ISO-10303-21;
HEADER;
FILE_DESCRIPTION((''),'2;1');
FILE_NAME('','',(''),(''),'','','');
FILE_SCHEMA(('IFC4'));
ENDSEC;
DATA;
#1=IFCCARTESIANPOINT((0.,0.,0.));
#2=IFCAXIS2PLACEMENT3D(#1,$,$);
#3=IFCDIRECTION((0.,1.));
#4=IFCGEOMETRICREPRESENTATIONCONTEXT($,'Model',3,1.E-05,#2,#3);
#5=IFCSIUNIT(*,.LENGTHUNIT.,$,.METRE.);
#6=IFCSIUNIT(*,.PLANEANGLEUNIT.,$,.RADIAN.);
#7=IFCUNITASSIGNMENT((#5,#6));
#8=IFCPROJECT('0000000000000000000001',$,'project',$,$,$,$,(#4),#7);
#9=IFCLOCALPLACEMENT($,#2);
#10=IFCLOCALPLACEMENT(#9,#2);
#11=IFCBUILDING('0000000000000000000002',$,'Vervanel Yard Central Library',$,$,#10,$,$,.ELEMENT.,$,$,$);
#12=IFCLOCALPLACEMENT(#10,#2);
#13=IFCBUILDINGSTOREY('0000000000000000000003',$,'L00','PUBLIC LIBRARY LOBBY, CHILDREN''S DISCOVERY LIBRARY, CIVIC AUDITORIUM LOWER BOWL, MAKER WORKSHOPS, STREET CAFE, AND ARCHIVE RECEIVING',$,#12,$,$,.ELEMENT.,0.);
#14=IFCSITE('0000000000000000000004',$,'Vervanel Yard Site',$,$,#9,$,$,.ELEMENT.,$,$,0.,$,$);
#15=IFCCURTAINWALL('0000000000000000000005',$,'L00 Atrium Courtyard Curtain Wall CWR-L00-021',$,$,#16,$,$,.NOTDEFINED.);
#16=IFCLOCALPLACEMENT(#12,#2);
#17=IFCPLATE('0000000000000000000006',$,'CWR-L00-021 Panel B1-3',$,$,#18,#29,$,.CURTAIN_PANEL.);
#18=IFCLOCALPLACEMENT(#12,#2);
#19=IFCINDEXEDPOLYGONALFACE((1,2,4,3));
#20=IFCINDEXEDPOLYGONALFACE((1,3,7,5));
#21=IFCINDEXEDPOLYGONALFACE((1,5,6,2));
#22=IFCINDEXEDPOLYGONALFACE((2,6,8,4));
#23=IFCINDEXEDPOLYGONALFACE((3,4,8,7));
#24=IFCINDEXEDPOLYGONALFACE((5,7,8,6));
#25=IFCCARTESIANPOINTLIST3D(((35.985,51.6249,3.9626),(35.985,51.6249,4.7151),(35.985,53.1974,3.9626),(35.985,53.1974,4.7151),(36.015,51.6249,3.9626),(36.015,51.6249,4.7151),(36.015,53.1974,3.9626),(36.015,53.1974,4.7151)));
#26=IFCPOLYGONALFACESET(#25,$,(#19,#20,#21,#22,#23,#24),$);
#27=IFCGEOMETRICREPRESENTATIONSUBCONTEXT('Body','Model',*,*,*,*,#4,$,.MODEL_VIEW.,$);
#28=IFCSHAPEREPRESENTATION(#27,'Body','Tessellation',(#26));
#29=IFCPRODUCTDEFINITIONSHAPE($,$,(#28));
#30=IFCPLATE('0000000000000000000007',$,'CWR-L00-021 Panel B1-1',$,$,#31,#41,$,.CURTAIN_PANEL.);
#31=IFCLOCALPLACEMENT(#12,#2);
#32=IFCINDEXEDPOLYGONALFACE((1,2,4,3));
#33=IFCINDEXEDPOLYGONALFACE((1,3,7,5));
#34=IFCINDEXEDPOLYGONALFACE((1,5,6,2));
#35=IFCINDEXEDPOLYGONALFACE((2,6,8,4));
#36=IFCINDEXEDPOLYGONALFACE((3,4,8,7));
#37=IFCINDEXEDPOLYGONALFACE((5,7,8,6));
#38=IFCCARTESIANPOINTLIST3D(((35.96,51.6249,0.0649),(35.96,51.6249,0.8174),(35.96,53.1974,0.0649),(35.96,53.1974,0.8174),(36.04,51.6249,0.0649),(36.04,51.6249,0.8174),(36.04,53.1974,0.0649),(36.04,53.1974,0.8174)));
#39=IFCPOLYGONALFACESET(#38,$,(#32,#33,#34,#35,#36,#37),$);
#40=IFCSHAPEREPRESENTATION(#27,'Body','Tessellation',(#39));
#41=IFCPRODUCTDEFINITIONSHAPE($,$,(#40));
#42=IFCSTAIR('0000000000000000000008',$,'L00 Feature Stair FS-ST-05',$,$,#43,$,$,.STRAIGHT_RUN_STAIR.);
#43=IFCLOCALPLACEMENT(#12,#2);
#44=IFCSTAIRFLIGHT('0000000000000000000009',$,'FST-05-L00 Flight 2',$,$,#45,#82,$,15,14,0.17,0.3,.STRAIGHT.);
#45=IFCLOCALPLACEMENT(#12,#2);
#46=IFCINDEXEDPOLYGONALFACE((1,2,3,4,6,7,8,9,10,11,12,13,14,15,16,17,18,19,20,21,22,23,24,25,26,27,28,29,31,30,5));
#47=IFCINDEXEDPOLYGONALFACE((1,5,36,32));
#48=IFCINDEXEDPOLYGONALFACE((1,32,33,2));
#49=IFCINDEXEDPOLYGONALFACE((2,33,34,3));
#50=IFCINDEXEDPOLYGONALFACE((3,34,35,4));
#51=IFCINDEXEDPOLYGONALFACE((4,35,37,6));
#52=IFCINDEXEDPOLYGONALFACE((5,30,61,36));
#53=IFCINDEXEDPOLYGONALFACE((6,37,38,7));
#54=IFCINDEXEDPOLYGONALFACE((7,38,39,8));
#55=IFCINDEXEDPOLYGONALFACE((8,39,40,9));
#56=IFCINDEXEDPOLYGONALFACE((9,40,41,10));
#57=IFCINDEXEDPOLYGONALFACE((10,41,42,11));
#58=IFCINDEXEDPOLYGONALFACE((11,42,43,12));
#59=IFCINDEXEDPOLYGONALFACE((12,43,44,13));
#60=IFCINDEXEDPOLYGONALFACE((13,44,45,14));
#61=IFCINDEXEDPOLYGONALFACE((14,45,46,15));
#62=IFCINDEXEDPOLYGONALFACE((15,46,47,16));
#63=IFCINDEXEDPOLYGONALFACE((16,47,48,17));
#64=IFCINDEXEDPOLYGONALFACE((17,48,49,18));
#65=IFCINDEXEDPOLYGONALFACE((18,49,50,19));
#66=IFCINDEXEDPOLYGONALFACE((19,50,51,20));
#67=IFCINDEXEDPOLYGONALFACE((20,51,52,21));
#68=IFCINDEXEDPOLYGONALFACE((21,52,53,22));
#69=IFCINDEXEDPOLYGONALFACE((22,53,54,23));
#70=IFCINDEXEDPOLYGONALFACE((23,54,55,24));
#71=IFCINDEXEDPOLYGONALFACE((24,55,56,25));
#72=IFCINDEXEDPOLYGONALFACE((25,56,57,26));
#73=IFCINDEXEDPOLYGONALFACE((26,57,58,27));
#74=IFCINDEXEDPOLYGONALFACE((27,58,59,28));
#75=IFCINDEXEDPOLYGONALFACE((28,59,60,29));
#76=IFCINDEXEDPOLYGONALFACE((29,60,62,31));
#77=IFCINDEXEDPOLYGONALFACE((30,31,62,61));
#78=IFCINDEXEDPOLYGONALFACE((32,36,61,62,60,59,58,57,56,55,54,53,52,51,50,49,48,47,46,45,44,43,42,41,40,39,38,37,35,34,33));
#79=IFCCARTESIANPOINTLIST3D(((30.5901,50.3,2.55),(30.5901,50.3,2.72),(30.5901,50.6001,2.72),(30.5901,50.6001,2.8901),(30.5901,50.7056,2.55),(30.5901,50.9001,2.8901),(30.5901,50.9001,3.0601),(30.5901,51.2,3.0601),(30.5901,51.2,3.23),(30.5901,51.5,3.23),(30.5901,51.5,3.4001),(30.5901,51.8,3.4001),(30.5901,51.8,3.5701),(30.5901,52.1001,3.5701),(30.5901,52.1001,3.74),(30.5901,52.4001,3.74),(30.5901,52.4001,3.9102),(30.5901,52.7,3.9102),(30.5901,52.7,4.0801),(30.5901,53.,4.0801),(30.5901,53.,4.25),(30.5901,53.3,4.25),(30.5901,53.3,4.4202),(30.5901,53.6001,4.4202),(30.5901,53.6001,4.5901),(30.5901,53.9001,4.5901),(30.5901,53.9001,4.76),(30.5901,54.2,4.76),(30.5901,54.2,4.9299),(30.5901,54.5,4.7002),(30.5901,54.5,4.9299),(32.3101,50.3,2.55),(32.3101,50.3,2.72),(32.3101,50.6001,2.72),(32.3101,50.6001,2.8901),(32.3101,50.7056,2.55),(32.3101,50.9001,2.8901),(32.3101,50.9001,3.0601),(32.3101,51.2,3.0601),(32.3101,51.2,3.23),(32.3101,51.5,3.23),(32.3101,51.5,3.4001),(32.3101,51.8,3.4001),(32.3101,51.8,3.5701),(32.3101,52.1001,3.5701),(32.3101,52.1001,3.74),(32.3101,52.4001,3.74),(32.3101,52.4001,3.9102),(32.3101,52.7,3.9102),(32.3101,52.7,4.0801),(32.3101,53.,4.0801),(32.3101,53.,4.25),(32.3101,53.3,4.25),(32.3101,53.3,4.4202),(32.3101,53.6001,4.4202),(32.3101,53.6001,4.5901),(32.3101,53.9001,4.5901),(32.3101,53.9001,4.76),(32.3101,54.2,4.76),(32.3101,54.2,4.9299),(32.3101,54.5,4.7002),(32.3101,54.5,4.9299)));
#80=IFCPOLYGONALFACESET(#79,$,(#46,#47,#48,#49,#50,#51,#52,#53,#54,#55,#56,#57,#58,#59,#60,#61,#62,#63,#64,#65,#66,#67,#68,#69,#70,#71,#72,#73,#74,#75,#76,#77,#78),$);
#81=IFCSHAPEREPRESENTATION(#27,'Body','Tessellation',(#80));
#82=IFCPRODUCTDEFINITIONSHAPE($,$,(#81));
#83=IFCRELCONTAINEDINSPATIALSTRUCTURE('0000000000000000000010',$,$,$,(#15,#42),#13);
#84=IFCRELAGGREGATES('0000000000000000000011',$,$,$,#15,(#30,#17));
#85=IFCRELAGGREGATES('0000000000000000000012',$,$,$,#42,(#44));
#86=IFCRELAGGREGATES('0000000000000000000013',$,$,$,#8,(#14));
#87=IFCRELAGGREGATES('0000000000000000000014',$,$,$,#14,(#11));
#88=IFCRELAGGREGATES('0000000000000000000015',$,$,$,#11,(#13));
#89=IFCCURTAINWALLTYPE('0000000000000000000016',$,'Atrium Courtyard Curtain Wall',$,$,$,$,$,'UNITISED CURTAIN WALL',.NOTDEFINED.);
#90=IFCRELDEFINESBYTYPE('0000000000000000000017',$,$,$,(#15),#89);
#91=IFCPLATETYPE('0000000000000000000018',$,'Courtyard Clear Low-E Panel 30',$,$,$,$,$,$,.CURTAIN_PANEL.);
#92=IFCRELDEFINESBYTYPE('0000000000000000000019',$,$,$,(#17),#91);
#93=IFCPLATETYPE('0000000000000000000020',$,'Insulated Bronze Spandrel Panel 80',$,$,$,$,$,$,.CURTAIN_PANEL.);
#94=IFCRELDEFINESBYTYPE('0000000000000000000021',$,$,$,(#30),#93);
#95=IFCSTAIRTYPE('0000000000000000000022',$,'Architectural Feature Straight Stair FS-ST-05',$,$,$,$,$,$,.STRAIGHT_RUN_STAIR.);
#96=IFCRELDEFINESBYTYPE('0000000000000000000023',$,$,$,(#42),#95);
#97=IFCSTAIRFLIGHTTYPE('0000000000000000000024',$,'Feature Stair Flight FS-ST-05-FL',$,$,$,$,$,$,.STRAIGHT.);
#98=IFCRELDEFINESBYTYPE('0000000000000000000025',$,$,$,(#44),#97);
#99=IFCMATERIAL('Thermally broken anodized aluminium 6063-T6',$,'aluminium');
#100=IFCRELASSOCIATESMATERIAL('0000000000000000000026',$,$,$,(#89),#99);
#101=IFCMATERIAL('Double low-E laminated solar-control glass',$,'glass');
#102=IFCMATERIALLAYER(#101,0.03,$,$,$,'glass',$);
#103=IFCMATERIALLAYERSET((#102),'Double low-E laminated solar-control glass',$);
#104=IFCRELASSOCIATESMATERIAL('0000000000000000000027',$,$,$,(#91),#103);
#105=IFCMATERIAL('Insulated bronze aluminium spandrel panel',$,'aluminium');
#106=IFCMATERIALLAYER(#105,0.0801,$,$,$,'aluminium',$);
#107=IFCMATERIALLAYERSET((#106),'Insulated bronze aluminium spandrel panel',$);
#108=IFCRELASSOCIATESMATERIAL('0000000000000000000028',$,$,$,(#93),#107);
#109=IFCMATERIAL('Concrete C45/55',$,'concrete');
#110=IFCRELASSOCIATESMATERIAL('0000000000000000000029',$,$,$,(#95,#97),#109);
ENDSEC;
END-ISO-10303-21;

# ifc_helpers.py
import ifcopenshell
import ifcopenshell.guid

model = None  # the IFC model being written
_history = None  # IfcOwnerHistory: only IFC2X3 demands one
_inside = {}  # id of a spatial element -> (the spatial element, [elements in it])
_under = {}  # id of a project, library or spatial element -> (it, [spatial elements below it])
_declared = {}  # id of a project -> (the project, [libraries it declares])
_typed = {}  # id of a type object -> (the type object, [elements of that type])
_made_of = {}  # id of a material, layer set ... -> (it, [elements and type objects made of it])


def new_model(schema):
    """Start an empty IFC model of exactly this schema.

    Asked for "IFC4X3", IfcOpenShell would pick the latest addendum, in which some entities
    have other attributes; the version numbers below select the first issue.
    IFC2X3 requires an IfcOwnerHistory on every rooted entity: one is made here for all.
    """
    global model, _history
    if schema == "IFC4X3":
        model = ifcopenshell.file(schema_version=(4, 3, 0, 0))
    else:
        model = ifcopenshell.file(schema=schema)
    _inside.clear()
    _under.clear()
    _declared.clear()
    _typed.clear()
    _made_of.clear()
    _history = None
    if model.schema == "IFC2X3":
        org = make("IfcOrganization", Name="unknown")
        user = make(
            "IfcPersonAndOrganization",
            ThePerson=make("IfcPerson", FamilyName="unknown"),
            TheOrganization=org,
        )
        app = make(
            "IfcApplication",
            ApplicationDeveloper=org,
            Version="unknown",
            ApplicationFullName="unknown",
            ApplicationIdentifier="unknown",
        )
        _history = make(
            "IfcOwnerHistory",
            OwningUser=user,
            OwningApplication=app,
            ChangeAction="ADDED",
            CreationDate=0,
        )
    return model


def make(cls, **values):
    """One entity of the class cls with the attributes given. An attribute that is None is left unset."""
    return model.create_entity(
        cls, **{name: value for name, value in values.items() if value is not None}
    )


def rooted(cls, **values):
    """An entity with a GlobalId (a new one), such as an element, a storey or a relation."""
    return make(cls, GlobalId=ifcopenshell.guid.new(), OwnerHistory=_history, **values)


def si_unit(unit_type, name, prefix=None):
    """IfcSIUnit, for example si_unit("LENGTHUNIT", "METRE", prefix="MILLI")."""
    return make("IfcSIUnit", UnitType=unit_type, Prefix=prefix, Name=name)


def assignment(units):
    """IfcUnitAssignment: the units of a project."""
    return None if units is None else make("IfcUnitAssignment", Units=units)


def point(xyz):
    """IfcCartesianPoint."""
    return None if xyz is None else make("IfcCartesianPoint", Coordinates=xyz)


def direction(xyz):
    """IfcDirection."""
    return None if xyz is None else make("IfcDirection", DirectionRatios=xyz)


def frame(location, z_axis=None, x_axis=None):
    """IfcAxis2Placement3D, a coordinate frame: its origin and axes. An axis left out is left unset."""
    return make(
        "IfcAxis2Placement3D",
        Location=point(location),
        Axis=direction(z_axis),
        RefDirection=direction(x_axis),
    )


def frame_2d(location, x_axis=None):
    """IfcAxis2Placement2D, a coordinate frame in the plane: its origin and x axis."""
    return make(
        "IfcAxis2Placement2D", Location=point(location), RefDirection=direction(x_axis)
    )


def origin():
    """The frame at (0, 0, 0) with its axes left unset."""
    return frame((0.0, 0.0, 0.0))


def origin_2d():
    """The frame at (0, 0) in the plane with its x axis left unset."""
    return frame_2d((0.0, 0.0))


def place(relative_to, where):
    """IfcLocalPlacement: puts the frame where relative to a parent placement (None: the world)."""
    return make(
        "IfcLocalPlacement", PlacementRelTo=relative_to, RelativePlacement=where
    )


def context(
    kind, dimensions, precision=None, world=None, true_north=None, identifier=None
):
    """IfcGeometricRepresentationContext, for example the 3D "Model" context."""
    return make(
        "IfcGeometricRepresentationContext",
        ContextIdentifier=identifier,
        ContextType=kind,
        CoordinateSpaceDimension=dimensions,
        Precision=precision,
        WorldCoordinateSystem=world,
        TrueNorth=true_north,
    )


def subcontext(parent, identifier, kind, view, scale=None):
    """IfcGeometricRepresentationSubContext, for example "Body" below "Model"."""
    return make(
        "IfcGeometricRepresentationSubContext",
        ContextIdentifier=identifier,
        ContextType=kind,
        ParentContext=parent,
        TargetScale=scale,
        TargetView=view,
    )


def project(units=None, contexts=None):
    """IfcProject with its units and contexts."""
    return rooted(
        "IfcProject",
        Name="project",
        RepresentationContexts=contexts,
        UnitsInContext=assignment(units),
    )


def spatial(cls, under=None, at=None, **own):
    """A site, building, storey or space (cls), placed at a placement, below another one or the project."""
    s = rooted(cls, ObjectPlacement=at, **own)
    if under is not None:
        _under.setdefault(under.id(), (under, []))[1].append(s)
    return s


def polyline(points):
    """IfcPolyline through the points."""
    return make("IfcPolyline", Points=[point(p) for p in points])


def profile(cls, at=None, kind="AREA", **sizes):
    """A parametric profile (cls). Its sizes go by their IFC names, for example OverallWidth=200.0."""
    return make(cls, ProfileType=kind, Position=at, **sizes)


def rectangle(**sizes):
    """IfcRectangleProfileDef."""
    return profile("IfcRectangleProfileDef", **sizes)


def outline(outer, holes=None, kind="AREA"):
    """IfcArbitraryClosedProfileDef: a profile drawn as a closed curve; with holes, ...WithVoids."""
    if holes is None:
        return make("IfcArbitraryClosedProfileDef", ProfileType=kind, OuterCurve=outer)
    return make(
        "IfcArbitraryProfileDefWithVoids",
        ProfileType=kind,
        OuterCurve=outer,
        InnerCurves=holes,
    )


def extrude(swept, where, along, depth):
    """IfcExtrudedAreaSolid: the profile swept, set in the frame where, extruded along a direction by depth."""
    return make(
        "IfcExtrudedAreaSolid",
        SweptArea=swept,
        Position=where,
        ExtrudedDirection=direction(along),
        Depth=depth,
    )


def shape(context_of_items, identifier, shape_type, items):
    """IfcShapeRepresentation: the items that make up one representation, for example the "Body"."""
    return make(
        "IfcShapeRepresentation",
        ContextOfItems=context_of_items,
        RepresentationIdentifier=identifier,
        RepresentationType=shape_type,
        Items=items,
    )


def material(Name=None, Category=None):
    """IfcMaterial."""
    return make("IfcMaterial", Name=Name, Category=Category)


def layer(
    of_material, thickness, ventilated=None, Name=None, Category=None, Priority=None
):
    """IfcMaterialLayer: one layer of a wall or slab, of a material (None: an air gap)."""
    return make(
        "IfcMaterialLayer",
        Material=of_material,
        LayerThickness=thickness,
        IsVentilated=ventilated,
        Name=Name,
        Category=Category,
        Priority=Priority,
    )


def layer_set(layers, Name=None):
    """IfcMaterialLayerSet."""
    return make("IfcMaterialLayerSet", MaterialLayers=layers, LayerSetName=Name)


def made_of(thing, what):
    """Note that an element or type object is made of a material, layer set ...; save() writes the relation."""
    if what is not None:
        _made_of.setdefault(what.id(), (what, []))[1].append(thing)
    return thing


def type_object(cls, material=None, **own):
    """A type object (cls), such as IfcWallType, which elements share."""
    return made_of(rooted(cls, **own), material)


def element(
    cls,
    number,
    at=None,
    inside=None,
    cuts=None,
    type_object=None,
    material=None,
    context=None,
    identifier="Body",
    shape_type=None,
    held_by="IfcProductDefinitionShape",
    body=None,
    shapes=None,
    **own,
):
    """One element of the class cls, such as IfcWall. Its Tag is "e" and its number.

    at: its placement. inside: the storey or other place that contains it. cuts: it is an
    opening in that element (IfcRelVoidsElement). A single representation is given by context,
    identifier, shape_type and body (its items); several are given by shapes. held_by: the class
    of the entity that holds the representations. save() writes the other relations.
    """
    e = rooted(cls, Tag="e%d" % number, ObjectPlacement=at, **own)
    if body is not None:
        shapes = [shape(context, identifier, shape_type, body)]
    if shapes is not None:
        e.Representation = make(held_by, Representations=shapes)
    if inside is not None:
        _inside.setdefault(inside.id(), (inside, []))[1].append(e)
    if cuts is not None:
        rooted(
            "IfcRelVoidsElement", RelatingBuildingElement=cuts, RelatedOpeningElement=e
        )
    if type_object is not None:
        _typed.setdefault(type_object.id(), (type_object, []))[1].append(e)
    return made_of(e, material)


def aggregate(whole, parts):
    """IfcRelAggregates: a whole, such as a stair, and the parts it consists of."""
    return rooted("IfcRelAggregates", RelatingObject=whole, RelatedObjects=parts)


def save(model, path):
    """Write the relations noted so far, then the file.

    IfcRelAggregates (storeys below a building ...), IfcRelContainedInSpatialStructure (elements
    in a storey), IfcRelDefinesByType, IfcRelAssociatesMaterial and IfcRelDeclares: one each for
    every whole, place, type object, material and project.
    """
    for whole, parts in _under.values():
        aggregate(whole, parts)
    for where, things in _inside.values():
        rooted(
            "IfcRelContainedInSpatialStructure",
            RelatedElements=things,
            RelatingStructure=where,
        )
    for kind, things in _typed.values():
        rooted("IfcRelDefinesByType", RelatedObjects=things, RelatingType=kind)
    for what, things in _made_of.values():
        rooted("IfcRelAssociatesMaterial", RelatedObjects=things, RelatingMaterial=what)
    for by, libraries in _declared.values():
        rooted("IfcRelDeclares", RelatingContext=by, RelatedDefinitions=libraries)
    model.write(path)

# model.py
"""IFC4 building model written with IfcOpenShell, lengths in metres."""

from ifc_helpers import new_model, si_unit, direction, frame, origin, origin_2d, place, context, subcontext, project, spatial, polyline, rectangle, outline, extrude, material, layer, layer_set, type_object, element, aggregate, save


model = new_model("IFC4")

# Units and contexts
model_context = context("Model", 3, precision=1e-05, world=origin(), true_north=direction((0.0, 1.0)))
body_context = subcontext(model_context, "Body", "Model", "MODEL_VIEW")
ifc_project = project(units=[si_unit("LENGTHUNIT", "METRE"), si_unit("PLANEANGLEUNIT", "RADIAN")], contexts=[model_context])

# Site, building, storey
site_placement = place(None, origin())
site = spatial("IfcSite", under=ifc_project, at=site_placement, Name="Vervanel Yard Site", CompositionType="ELEMENT", RefElevation=0.0)
building_placement = place(site_placement, origin())
building = spatial("IfcBuilding", under=site, at=building_placement, Name="Vervanel Yard Central Library", CompositionType="ELEMENT")
storey_placement = place(building_placement, origin())
storey = spatial("IfcBuildingStorey", under=building, at=storey_placement, Name="L00", Description="PUBLIC LIBRARY LOBBY, CHILDREN'S DISCOVERY LIBRARY, CIVIC AUDITORIUM LOWER BOWL, MAKER WORKSHOPS, STREET CAFE, AND ARCHIVE RECEIVING", CompositionType="ELEMENT", Elevation=0.0)

# Shared definitions
ifc_material_1 = material(Name="Thermally broken anodized aluminium 6063-T6", Category="aluminium")
curtain_wall_type = type_object("IfcCurtainWallType", Name="Atrium Courtyard Curtain Wall", ElementType="UNITISED CURTAIN WALL", PredefinedType="NOTDEFINED", material=ifc_material_1)

# Curtain wall, plates
curtain_wall_1_placement = place(storey_placement, origin())
curtain_wall_1 = element("IfcCurtainWall", 1, at=curtain_wall_1_placement, inside=storey, type_object=curtain_wall_type, Name="L00 Atrium Courtyard Curtain Wall CWR-L00-021", PredefinedType="NOTDEFINED")
ifc_material_2 = material(Name="Double low-E laminated solar-control glass", Category="glass")
ifc_layer_1 = layer(ifc_material_2, 0.03, Category="glass")
ifc_layer_set_1 = layer_set([ifc_layer_1], Name="Double low-E laminated solar-control glass")
plate_type_1 = type_object("IfcPlateType", Name="Courtyard Clear Low-E Panel 30", PredefinedType="CURTAIN_PANEL", material=ifc_layer_set_1)
plate_1_placement = place(storey_placement, frame((36.0, 52.4111, 3.9626), z_axis=(0.0, 0.0, 1.0), x_axis=(0.0, 1.0, 0.0)))
plate_1 = element("IfcPlate", 2, at=plate_1_placement, type_object=plate_type_1, Name="CWR-L00-021 Panel B1-3", PredefinedType="CURTAIN_PANEL", context=body_context, shape_type="SweptSolid", body=[
    extrude(rectangle(XDim=1.5725, YDim=0.03, at=origin_2d()), origin(), (0.0, 0.0, 1.0), 0.7524),
])
ifc_material_3 = material(Name="Insulated bronze aluminium spandrel panel", Category="aluminium")
ifc_layer_2 = layer(ifc_material_3, 0.0801, Category="aluminium")
ifc_layer_set_2 = layer_set([ifc_layer_2], Name="Insulated bronze aluminium spandrel panel")
plate_type_2 = type_object("IfcPlateType", Name="Insulated Bronze Spandrel Panel 80", PredefinedType="CURTAIN_PANEL", material=ifc_layer_set_2)
plate_2_placement = place(storey_placement, frame((36.0, 52.4111, 0.0649), z_axis=(0.0, 0.0, 1.0), x_axis=(0.0, 1.0, 0.0)))
plate_2 = element("IfcPlate", 3, at=plate_2_placement, type_object=plate_type_2, Name="CWR-L00-021 Panel B1-1", PredefinedType="CURTAIN_PANEL", context=body_context, shape_type="SweptSolid", body=[
    extrude(rectangle(XDim=1.5725, YDim=0.0801, at=origin_2d()), origin(), (0.0, 0.0, 1.0), 0.7524),
])
aggregate(curtain_wall_1, [plate_2, plate_1])

# Stair, stair flight
ifc_material_4 = material(Name="Concrete C45/55", Category="concrete")
stair_type = type_object("IfcStairType", Name="Architectural Feature Straight Stair FS-ST-05", PredefinedType="STRAIGHT_RUN_STAIR", material=ifc_material_4)
stair_placement = place(storey_placement, origin())
stair = element("IfcStair", 4, at=stair_placement, inside=storey, type_object=stair_type, Name="L00 Feature Stair FS-ST-05", PredefinedType="STRAIGHT_RUN_STAIR")
stair_flight_type = type_object("IfcStairFlightType", Name="Feature Stair Flight FS-ST-05-FL", PredefinedType="STRAIGHT", material=ifc_material_4)
stair_flight_placement = place(storey_placement, frame((31.45, 50.3, 2.55), z_axis=(0.0, 0.0, 1.0), x_axis=(0.0, 1.0, 0.0)))
stair_flight = element("IfcStairFlight", 5, at=stair_flight_placement, type_object=stair_flight_type, Name="FST-05-L00 Flight 2", NumberOfRisers=15, NumberOfTreads=14, PredefinedType="STRAIGHT", RiserHeight=0.17, TreadLength=0.3, context=body_context, shape_type="SweptSolid", body=[
    extrude(outline(polyline([(0.0, 0.0), (0.0, 0.1699), (0.3, 0.1699), (0.3, 0.3401), (0.6001, 0.3401), (0.6001, 0.51), (0.8999, 0.51), (0.8999, 0.6799), (1.2, 0.6799), (1.2, 0.8501), (1.5, 0.8501), (1.5, 1.02), (1.8, 1.02), (1.8, 1.1899), (2.1001, 1.1899), (2.1001, 1.3601), (2.3999, 1.3601), (2.3999, 1.53), (2.7, 1.53), (2.7, 1.7), (3.0, 1.7), (3.0, 1.8701), (3.3, 1.8701), (3.3, 2.04), (3.6001, 2.04), (3.6001, 2.21), (3.8999, 2.21), (3.8999, 2.3799), (4.2, 2.3799), (4.2, 2.55), (4.2, 2.1501), (0.4055, 0.0), (0.0, 0.0)])), frame((0.0, 0.8599, 0.0), z_axis=(0.0, -1.0, 0.0), x_axis=(1.0, 0.0, 0.0)), (0.0, 0.0, 1.0), 1.72),
])
aggregate(stair, [stair_flight])

save(model, "model.ifc")
